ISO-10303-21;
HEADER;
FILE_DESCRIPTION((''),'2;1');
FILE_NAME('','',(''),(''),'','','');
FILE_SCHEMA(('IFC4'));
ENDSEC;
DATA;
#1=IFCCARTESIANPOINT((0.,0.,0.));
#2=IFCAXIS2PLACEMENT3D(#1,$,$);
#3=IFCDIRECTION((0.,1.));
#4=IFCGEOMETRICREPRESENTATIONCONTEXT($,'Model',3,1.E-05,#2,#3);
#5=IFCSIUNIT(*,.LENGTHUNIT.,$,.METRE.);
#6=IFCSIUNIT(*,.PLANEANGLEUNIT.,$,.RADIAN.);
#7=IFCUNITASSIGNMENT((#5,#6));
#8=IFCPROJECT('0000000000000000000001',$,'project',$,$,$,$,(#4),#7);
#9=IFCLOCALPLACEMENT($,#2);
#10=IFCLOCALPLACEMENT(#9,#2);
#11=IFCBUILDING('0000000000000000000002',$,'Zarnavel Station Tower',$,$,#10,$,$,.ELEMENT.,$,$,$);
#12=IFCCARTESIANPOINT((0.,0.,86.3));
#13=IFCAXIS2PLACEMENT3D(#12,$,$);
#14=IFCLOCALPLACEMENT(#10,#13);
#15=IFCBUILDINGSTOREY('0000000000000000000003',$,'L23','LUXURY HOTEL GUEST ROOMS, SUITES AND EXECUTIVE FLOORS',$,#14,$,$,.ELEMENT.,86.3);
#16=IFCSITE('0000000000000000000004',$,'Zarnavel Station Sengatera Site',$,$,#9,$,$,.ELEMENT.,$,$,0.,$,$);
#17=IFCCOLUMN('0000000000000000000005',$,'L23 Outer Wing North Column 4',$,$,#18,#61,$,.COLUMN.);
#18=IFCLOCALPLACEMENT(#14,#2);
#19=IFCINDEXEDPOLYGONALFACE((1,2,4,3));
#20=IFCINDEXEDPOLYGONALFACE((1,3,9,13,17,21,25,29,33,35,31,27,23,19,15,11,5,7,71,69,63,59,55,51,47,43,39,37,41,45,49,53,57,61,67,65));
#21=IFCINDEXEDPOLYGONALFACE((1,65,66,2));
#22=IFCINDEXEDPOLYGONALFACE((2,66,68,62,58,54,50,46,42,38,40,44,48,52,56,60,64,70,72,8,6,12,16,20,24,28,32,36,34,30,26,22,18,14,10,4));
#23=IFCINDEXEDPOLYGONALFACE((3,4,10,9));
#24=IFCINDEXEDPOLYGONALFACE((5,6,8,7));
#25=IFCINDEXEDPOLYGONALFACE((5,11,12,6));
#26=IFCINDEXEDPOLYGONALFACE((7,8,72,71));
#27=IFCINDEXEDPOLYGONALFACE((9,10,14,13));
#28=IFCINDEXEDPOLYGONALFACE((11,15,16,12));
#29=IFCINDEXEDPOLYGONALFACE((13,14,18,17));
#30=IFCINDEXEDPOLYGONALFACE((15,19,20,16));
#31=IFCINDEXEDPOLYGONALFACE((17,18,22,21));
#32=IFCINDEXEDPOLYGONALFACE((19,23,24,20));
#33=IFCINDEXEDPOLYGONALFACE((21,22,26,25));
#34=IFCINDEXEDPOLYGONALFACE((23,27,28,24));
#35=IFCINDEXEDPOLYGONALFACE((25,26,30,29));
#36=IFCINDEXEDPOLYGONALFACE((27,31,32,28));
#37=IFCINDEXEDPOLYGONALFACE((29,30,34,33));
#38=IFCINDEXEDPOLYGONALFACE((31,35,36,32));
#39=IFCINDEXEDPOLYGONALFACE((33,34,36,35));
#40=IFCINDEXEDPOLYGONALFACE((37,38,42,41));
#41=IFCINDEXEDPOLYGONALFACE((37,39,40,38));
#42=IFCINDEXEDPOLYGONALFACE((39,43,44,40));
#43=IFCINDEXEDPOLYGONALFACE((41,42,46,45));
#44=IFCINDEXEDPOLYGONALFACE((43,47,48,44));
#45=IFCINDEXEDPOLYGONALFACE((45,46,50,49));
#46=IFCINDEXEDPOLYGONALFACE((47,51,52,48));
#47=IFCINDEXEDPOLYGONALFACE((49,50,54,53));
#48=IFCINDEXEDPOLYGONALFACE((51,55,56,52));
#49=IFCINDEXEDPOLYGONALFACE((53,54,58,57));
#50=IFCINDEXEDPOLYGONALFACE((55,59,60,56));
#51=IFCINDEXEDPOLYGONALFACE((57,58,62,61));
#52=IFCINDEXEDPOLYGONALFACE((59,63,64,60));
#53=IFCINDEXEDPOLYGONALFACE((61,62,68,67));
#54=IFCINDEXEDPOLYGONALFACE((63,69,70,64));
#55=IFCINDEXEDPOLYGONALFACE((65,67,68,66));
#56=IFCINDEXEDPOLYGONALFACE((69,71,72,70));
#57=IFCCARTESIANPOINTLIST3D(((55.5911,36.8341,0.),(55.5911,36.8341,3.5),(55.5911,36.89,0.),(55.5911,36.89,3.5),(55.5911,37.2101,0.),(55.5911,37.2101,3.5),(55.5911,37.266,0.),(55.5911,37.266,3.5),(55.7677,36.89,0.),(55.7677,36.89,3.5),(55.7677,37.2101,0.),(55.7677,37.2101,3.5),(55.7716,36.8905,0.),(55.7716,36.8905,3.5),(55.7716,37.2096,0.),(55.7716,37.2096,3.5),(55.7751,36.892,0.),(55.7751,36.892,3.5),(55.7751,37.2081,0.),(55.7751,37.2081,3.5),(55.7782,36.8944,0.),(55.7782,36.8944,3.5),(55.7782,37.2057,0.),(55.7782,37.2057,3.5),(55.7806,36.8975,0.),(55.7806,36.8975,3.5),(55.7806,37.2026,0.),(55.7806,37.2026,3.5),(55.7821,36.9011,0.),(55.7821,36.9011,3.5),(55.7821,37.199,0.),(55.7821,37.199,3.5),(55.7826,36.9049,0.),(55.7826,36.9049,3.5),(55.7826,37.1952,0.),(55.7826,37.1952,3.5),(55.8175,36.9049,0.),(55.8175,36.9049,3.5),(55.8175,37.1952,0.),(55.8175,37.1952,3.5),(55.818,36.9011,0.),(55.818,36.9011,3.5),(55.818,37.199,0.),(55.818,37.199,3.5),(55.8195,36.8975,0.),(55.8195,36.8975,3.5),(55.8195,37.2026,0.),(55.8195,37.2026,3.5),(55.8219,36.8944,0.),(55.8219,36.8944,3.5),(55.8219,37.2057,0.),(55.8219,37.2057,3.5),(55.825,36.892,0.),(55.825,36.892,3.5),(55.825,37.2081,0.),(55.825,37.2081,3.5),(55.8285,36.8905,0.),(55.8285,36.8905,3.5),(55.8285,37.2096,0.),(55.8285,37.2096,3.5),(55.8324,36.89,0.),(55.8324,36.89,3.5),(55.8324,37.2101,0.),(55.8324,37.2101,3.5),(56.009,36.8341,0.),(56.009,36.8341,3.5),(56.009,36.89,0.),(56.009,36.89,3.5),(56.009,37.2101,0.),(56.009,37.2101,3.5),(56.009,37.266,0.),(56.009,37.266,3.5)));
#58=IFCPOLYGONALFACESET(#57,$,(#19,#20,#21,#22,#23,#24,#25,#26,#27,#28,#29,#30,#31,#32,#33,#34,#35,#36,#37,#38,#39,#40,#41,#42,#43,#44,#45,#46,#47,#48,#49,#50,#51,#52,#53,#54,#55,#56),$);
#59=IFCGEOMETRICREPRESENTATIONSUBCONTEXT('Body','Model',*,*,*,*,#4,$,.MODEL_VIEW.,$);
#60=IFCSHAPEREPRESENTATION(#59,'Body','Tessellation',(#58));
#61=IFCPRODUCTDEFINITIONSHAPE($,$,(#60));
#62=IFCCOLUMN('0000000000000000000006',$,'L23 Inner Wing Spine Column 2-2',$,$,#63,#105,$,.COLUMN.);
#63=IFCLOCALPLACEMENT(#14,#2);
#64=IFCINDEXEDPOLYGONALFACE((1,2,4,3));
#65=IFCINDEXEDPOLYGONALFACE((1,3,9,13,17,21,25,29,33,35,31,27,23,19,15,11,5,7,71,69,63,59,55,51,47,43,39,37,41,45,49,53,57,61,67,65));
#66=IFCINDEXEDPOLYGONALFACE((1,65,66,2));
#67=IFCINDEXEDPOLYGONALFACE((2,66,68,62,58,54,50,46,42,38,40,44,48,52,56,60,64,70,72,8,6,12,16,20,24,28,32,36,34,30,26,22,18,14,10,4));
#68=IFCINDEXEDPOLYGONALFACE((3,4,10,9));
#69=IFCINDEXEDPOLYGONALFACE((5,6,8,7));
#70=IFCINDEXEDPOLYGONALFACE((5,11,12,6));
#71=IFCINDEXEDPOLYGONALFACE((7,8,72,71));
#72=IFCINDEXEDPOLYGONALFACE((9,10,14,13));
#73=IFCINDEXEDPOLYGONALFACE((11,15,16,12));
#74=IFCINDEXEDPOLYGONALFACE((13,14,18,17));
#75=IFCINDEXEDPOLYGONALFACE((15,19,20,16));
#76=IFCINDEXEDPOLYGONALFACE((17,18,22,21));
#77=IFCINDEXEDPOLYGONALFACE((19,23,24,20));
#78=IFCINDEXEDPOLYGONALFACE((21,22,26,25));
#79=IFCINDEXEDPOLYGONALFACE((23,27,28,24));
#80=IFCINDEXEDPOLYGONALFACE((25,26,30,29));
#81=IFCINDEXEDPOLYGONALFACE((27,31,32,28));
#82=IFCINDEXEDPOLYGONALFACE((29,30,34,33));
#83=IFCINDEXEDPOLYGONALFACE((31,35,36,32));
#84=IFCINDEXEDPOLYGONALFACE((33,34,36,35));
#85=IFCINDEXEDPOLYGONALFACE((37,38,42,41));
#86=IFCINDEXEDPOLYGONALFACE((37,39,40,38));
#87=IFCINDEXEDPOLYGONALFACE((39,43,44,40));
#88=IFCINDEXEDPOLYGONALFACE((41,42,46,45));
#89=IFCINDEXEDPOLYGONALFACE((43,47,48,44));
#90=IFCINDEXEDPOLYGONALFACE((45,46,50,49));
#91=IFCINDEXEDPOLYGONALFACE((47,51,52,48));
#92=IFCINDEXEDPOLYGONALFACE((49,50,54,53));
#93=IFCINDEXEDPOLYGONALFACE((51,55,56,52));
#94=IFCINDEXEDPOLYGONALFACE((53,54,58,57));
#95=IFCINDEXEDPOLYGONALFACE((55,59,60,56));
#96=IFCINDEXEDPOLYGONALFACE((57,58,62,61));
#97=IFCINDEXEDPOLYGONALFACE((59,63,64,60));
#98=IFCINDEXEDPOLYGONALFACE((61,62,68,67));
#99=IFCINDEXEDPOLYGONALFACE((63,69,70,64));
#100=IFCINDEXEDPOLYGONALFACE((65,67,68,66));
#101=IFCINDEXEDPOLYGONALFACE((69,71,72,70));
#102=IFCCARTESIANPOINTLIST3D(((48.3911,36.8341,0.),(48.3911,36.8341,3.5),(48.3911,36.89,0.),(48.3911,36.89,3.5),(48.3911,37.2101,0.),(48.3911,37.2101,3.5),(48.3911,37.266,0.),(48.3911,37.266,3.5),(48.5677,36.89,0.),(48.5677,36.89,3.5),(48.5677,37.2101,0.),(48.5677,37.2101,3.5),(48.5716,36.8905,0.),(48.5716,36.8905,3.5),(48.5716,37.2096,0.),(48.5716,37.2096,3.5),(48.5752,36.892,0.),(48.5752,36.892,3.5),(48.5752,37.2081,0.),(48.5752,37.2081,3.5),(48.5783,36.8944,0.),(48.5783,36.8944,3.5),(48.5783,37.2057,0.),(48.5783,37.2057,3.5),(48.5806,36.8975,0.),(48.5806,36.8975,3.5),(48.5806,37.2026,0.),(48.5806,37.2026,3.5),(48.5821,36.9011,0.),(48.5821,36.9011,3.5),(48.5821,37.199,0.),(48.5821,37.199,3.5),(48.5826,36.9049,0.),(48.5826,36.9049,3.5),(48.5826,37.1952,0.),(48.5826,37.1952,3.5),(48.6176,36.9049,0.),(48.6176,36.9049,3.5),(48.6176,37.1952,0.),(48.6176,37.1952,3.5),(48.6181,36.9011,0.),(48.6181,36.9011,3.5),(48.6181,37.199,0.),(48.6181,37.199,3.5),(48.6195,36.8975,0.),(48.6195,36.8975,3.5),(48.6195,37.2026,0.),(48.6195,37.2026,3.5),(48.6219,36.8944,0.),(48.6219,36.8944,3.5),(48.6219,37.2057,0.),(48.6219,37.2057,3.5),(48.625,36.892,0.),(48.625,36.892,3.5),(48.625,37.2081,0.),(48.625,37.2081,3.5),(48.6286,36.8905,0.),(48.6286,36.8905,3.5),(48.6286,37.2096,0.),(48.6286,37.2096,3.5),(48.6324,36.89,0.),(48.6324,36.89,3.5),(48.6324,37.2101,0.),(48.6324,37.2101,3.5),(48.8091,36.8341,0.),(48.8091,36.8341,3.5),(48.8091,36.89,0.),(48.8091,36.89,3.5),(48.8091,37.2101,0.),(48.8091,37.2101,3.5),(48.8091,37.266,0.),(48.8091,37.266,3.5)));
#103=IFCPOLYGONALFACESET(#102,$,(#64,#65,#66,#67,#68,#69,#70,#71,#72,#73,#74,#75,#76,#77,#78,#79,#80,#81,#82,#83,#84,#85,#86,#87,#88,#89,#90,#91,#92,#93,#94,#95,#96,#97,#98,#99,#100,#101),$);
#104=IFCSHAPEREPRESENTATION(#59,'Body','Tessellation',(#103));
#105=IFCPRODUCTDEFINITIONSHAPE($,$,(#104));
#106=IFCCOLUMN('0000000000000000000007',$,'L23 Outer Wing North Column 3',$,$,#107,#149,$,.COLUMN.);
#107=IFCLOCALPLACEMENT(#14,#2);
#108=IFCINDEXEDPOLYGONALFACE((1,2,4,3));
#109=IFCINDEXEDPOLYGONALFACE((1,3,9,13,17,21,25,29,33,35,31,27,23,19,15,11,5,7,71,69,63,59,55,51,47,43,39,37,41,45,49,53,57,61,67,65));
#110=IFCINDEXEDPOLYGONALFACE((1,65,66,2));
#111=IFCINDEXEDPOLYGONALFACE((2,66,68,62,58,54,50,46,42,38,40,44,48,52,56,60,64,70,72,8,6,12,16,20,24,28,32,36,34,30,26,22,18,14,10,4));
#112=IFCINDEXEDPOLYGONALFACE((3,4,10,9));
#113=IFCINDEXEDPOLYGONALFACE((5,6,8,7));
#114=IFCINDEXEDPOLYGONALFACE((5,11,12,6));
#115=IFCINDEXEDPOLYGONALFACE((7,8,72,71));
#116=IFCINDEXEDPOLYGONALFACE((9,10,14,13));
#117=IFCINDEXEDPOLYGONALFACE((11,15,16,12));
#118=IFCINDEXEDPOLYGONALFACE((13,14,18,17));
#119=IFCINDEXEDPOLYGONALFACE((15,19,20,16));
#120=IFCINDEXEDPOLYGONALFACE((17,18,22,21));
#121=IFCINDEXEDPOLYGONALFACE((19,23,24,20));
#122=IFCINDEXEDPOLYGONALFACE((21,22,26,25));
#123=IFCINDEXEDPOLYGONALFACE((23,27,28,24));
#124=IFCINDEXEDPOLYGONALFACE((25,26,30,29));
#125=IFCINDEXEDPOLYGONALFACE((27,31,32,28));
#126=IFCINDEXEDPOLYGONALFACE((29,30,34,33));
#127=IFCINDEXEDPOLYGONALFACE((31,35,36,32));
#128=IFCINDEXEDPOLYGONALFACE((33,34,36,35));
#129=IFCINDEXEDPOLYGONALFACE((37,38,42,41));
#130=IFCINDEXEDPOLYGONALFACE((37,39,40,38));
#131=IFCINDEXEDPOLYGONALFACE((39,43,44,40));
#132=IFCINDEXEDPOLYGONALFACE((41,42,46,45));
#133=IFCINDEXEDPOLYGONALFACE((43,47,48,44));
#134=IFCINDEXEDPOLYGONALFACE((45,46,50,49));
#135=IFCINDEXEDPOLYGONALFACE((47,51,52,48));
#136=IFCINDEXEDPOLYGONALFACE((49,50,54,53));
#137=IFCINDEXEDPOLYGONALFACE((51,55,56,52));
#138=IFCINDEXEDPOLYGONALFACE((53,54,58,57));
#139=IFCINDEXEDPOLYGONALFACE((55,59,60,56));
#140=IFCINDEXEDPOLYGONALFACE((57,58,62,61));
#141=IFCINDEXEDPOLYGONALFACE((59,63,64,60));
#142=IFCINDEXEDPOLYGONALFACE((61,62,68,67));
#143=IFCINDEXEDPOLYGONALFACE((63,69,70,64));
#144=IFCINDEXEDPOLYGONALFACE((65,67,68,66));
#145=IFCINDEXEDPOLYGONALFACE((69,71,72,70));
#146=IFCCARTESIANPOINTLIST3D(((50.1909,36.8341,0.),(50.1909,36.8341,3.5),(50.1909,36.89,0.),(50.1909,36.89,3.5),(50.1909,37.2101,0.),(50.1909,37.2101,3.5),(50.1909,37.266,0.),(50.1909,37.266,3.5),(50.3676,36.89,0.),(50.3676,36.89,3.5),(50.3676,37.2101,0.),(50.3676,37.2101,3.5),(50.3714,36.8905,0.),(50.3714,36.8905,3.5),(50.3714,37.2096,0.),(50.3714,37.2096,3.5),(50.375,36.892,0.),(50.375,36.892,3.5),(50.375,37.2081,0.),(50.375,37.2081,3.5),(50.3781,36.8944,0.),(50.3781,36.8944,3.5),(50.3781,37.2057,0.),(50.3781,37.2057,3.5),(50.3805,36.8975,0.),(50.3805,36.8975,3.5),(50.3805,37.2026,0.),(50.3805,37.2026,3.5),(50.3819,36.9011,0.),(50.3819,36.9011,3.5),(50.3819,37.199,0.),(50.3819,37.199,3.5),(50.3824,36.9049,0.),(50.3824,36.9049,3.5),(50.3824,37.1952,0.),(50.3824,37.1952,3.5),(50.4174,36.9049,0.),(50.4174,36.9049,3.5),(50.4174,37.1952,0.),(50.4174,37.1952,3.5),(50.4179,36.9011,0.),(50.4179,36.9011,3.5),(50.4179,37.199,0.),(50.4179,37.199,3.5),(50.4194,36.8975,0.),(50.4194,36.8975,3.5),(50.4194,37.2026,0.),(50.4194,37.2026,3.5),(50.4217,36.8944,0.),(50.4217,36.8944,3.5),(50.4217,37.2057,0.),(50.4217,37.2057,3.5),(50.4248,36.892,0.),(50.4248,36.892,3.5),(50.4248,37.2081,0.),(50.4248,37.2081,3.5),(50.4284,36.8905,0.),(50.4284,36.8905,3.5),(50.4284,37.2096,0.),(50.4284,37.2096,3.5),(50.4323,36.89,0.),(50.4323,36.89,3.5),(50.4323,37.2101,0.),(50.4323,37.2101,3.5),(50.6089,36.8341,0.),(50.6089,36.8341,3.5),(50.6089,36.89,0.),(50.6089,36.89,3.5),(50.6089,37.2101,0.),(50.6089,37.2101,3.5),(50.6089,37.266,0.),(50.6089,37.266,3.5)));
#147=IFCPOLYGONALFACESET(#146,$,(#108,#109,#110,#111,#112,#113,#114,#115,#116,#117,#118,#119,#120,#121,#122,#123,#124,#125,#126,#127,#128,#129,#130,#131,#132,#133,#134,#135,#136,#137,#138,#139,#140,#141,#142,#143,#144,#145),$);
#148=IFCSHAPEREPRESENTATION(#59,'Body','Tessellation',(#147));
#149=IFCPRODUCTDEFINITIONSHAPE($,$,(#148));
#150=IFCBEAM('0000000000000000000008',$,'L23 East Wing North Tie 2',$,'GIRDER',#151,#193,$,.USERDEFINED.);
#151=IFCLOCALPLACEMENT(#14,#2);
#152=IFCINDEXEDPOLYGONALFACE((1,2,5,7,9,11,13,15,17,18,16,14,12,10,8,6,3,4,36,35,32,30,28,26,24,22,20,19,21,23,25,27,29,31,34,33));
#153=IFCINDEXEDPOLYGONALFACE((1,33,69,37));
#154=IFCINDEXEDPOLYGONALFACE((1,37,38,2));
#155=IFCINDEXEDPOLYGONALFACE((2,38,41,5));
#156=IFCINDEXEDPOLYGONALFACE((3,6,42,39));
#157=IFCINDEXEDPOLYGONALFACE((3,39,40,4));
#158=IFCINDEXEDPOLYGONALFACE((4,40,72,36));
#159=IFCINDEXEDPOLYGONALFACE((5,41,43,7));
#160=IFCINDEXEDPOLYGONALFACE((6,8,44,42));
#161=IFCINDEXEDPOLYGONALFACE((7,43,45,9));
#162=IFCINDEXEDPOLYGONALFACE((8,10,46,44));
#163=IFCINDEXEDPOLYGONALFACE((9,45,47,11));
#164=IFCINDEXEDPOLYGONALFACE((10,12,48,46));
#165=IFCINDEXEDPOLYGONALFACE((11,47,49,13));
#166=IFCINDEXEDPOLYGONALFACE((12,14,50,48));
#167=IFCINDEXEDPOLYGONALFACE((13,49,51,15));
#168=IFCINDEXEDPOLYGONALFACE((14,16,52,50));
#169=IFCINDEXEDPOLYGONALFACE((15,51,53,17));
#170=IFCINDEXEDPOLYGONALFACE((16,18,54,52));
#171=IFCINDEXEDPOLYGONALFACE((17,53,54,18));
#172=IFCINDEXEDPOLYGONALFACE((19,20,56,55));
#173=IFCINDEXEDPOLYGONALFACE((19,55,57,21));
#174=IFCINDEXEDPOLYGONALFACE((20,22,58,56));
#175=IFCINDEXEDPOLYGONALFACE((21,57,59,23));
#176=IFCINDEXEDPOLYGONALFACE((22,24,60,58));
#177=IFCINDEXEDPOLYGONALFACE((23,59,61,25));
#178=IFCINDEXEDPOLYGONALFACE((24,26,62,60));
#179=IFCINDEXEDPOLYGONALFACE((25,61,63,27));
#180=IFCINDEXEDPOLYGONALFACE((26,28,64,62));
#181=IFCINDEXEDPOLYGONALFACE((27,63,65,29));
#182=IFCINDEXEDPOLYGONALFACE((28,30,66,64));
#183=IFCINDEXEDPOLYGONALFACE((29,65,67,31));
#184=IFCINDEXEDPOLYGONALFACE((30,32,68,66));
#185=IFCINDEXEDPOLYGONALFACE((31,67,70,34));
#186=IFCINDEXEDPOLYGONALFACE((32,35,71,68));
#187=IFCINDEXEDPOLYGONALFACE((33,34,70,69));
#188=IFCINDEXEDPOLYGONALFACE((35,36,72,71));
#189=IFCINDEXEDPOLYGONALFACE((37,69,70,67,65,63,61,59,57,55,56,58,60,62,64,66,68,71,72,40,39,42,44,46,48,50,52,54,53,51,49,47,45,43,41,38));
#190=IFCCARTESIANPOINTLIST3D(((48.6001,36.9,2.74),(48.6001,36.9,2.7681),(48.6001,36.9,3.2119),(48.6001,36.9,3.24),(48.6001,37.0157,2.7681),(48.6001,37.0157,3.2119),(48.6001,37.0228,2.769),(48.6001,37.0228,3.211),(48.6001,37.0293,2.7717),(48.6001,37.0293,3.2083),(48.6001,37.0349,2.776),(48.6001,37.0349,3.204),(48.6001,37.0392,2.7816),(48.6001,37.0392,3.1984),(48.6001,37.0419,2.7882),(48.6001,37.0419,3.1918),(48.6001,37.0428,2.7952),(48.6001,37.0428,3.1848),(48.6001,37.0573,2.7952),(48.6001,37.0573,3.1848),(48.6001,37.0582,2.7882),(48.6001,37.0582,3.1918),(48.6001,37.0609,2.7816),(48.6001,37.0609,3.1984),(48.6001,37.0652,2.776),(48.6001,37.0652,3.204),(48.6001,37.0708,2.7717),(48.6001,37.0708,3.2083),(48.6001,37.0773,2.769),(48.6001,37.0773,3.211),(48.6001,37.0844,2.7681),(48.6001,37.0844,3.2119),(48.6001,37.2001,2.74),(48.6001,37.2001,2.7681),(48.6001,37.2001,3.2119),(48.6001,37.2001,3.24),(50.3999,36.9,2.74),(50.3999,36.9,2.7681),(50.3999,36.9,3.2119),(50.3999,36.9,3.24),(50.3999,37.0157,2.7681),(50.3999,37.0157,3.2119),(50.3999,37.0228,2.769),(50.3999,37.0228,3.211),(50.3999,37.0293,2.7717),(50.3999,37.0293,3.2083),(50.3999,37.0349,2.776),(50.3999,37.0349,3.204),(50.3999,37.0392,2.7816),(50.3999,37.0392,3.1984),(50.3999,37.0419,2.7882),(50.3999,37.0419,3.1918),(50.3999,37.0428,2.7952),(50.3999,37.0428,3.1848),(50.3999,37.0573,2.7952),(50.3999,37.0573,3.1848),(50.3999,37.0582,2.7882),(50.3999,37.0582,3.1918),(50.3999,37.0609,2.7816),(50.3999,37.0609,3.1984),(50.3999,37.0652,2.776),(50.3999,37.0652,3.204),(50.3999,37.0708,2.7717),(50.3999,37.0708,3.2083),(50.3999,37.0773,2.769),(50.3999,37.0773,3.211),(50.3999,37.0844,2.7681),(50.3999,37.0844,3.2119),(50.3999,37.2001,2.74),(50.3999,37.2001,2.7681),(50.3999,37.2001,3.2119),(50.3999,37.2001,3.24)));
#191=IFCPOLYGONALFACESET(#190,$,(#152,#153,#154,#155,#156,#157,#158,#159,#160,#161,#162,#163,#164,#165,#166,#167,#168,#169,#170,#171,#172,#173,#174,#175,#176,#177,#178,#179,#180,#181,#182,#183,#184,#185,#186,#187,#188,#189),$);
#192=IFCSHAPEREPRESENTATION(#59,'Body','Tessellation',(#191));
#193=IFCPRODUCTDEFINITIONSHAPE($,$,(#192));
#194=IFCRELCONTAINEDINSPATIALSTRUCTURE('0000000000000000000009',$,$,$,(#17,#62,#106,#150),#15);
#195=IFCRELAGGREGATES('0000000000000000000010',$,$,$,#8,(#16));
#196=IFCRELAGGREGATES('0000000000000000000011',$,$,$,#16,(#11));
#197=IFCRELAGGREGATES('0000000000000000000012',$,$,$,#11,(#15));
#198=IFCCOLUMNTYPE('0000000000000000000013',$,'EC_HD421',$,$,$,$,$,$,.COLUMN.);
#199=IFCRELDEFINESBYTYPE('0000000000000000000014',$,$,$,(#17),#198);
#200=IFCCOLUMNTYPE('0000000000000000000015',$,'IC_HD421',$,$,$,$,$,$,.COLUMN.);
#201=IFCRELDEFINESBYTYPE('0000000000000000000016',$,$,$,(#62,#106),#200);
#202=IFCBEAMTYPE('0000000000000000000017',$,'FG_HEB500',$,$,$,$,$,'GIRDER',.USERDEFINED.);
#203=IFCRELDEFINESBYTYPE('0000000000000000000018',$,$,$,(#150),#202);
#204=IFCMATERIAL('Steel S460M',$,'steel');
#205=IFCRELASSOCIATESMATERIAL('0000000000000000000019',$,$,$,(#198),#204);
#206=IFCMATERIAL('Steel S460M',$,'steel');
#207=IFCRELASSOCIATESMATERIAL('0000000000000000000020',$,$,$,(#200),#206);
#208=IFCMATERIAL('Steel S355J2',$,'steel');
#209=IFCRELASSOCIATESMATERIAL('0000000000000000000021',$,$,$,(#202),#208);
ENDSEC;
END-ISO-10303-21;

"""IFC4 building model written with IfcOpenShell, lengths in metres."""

from ifc_helpers import new_model, si_unit, direction, frame, origin, origin_2d, place, context, subcontext, project, spatial, i_section, extrude, material, material_profile, profile_set, type_object, element, save


model = new_model("IFC4")

# Units and contexts
model_context = context("Model", 3, precision=1e-05, world=origin(), true_north=direction((0.0, 1.0)))
body_context = subcontext(model_context, "Body", "Model", "MODEL_VIEW")
ifc_project = project(units=[si_unit("LENGTHUNIT", "METRE"), si_unit("PLANEANGLEUNIT", "RADIAN")], contexts=[model_context])

# Site, building, storey
site_placement = place(None, origin())
site = spatial("IfcSite", under=ifc_project, at=site_placement, Name="Zarnavel Station Sengatera Site", CompositionType="ELEMENT", RefElevation=0.0)
building_placement = place(site_placement, origin())
building = spatial("IfcBuilding", under=site, at=building_placement, Name="Zarnavel Station Tower", CompositionType="ELEMENT")
storey_placement = place(building_placement, frame((0.0, 0.0, 86.3)))
storey = spatial("IfcBuildingStorey", under=building, at=storey_placement, Name="L23", Description="LUXURY HOTEL GUEST ROOMS, SUITES AND EXECUTIVE FLOORS", CompositionType="ELEMENT", Elevation=86.3)

# Columns
ifc_material_1 = material(Name="Steel S460M", Category="steel")
ifc_material_profile_1 = material_profile(ifc_material_1, i_section(OverallWidth=0.418, OverallDepth=0.4319, WebThickness=0.0349, FlangeThickness=0.0559, FilletRadius=0.0149, at=origin_2d()), Name="HD400x421")
ifc_profile_set_1 = profile_set([ifc_material_profile_1], Name="Steel S460M")
column_type_1 = type_object("IfcColumnType", Name="EC_HD421", PredefinedType="COLUMN", material=ifc_profile_set_1)
column_placement = place(storey_placement, frame((55.8, 37.05, 0.0), z_axis=(0.0, 0.0, 1.0), x_axis=(1.0, 0.0, 0.0)))
element("IfcColumn", 1, at=column_placement, inside=storey, type_object=column_type_1, Name="L23 Outer Wing North Column 4", PredefinedType="COLUMN", context=body_context, shape_type="SweptSolid", body=[
    extrude(i_section(OverallWidth=0.418, OverallDepth=0.4319, WebThickness=0.0349, FlangeThickness=0.0559, FilletRadius=0.0149, at=origin_2d()), origin(), (0.0, 0.0, 1.0), 3.5),
])
ifc_material_2 = material(Name="Steel S460M", Category="steel")
ifc_material_profile_2 = material_profile(ifc_material_2, i_section(OverallWidth=0.418, OverallDepth=0.4319, WebThickness=0.0349, FlangeThickness=0.0559, FilletRadius=0.0149, at=origin_2d()), Name="HD400x421")
ifc_profile_set_2 = profile_set([ifc_material_profile_2], Name="Steel S460M")
column_type_2 = type_object("IfcColumnType", Name="IC_HD421", PredefinedType="COLUMN", material=ifc_profile_set_2)
for number, where, z_axis, x_axis, name in (
    (2, (48.6001, 37.05, 0.0), (0.0, 0.0, 1.0), (1.0, 0.0, 0.0), "L23 Inner Wing Spine Column 2-2"),
    (3, (50.3999, 37.05, 0.0), (0.0, 0.0, 1.0), (1.0, 0.0, 0.0), "L23 Outer Wing North Column 3"),
):
    element("IfcColumn", number, at=place(storey_placement, frame(where, z_axis=z_axis, x_axis=x_axis)), inside=storey, type_object=column_type_2, Name=name, PredefinedType="COLUMN", context=body_context, shape_type="SweptSolid", body=[
        extrude(i_section(OverallWidth=0.418, OverallDepth=0.4319, WebThickness=0.0349, FlangeThickness=0.0559, FilletRadius=0.0149, at=origin_2d()), origin(), (0.0, 0.0, 1.0), 3.5),
    ])

# Beam
ifc_material_3 = material(Name="Steel S355J2", Category="steel")
ifc_material_profile_3 = material_profile(ifc_material_3, i_section(OverallWidth=0.3, OverallDepth=0.5, WebThickness=0.0144, FlangeThickness=0.0281, FilletRadius=0.0271, at=origin_2d()), Name="HEB500")
ifc_profile_set_3 = profile_set([ifc_material_profile_3], Name="Steel S355J2")
beam_type = type_object("IfcBeamType", Name="FG_HEB500", ElementType="GIRDER", PredefinedType="USERDEFINED", material=ifc_profile_set_3)
beam_1_placement = place(storey_placement, frame((48.6001, 37.05, 2.99), z_axis=(1.0, 0.0, 0.0), x_axis=(0.0, 1.0, 0.0)))
element("IfcBeam", 4, at=beam_1_placement, inside=storey, type_object=beam_type, Name="L23 East Wing North Tie 2", ObjectType="GIRDER", PredefinedType="USERDEFINED", context=body_context, shape_type="SweptSolid", body=[
    extrude(i_section(OverallWidth=0.3, OverallDepth=0.5, WebThickness=0.0144, FlangeThickness=0.0281, FilletRadius=0.0271, at=origin_2d()), origin(), (0.0, 0.0, 1.0), 1.7998),
])

save(model, "model.ifc")
